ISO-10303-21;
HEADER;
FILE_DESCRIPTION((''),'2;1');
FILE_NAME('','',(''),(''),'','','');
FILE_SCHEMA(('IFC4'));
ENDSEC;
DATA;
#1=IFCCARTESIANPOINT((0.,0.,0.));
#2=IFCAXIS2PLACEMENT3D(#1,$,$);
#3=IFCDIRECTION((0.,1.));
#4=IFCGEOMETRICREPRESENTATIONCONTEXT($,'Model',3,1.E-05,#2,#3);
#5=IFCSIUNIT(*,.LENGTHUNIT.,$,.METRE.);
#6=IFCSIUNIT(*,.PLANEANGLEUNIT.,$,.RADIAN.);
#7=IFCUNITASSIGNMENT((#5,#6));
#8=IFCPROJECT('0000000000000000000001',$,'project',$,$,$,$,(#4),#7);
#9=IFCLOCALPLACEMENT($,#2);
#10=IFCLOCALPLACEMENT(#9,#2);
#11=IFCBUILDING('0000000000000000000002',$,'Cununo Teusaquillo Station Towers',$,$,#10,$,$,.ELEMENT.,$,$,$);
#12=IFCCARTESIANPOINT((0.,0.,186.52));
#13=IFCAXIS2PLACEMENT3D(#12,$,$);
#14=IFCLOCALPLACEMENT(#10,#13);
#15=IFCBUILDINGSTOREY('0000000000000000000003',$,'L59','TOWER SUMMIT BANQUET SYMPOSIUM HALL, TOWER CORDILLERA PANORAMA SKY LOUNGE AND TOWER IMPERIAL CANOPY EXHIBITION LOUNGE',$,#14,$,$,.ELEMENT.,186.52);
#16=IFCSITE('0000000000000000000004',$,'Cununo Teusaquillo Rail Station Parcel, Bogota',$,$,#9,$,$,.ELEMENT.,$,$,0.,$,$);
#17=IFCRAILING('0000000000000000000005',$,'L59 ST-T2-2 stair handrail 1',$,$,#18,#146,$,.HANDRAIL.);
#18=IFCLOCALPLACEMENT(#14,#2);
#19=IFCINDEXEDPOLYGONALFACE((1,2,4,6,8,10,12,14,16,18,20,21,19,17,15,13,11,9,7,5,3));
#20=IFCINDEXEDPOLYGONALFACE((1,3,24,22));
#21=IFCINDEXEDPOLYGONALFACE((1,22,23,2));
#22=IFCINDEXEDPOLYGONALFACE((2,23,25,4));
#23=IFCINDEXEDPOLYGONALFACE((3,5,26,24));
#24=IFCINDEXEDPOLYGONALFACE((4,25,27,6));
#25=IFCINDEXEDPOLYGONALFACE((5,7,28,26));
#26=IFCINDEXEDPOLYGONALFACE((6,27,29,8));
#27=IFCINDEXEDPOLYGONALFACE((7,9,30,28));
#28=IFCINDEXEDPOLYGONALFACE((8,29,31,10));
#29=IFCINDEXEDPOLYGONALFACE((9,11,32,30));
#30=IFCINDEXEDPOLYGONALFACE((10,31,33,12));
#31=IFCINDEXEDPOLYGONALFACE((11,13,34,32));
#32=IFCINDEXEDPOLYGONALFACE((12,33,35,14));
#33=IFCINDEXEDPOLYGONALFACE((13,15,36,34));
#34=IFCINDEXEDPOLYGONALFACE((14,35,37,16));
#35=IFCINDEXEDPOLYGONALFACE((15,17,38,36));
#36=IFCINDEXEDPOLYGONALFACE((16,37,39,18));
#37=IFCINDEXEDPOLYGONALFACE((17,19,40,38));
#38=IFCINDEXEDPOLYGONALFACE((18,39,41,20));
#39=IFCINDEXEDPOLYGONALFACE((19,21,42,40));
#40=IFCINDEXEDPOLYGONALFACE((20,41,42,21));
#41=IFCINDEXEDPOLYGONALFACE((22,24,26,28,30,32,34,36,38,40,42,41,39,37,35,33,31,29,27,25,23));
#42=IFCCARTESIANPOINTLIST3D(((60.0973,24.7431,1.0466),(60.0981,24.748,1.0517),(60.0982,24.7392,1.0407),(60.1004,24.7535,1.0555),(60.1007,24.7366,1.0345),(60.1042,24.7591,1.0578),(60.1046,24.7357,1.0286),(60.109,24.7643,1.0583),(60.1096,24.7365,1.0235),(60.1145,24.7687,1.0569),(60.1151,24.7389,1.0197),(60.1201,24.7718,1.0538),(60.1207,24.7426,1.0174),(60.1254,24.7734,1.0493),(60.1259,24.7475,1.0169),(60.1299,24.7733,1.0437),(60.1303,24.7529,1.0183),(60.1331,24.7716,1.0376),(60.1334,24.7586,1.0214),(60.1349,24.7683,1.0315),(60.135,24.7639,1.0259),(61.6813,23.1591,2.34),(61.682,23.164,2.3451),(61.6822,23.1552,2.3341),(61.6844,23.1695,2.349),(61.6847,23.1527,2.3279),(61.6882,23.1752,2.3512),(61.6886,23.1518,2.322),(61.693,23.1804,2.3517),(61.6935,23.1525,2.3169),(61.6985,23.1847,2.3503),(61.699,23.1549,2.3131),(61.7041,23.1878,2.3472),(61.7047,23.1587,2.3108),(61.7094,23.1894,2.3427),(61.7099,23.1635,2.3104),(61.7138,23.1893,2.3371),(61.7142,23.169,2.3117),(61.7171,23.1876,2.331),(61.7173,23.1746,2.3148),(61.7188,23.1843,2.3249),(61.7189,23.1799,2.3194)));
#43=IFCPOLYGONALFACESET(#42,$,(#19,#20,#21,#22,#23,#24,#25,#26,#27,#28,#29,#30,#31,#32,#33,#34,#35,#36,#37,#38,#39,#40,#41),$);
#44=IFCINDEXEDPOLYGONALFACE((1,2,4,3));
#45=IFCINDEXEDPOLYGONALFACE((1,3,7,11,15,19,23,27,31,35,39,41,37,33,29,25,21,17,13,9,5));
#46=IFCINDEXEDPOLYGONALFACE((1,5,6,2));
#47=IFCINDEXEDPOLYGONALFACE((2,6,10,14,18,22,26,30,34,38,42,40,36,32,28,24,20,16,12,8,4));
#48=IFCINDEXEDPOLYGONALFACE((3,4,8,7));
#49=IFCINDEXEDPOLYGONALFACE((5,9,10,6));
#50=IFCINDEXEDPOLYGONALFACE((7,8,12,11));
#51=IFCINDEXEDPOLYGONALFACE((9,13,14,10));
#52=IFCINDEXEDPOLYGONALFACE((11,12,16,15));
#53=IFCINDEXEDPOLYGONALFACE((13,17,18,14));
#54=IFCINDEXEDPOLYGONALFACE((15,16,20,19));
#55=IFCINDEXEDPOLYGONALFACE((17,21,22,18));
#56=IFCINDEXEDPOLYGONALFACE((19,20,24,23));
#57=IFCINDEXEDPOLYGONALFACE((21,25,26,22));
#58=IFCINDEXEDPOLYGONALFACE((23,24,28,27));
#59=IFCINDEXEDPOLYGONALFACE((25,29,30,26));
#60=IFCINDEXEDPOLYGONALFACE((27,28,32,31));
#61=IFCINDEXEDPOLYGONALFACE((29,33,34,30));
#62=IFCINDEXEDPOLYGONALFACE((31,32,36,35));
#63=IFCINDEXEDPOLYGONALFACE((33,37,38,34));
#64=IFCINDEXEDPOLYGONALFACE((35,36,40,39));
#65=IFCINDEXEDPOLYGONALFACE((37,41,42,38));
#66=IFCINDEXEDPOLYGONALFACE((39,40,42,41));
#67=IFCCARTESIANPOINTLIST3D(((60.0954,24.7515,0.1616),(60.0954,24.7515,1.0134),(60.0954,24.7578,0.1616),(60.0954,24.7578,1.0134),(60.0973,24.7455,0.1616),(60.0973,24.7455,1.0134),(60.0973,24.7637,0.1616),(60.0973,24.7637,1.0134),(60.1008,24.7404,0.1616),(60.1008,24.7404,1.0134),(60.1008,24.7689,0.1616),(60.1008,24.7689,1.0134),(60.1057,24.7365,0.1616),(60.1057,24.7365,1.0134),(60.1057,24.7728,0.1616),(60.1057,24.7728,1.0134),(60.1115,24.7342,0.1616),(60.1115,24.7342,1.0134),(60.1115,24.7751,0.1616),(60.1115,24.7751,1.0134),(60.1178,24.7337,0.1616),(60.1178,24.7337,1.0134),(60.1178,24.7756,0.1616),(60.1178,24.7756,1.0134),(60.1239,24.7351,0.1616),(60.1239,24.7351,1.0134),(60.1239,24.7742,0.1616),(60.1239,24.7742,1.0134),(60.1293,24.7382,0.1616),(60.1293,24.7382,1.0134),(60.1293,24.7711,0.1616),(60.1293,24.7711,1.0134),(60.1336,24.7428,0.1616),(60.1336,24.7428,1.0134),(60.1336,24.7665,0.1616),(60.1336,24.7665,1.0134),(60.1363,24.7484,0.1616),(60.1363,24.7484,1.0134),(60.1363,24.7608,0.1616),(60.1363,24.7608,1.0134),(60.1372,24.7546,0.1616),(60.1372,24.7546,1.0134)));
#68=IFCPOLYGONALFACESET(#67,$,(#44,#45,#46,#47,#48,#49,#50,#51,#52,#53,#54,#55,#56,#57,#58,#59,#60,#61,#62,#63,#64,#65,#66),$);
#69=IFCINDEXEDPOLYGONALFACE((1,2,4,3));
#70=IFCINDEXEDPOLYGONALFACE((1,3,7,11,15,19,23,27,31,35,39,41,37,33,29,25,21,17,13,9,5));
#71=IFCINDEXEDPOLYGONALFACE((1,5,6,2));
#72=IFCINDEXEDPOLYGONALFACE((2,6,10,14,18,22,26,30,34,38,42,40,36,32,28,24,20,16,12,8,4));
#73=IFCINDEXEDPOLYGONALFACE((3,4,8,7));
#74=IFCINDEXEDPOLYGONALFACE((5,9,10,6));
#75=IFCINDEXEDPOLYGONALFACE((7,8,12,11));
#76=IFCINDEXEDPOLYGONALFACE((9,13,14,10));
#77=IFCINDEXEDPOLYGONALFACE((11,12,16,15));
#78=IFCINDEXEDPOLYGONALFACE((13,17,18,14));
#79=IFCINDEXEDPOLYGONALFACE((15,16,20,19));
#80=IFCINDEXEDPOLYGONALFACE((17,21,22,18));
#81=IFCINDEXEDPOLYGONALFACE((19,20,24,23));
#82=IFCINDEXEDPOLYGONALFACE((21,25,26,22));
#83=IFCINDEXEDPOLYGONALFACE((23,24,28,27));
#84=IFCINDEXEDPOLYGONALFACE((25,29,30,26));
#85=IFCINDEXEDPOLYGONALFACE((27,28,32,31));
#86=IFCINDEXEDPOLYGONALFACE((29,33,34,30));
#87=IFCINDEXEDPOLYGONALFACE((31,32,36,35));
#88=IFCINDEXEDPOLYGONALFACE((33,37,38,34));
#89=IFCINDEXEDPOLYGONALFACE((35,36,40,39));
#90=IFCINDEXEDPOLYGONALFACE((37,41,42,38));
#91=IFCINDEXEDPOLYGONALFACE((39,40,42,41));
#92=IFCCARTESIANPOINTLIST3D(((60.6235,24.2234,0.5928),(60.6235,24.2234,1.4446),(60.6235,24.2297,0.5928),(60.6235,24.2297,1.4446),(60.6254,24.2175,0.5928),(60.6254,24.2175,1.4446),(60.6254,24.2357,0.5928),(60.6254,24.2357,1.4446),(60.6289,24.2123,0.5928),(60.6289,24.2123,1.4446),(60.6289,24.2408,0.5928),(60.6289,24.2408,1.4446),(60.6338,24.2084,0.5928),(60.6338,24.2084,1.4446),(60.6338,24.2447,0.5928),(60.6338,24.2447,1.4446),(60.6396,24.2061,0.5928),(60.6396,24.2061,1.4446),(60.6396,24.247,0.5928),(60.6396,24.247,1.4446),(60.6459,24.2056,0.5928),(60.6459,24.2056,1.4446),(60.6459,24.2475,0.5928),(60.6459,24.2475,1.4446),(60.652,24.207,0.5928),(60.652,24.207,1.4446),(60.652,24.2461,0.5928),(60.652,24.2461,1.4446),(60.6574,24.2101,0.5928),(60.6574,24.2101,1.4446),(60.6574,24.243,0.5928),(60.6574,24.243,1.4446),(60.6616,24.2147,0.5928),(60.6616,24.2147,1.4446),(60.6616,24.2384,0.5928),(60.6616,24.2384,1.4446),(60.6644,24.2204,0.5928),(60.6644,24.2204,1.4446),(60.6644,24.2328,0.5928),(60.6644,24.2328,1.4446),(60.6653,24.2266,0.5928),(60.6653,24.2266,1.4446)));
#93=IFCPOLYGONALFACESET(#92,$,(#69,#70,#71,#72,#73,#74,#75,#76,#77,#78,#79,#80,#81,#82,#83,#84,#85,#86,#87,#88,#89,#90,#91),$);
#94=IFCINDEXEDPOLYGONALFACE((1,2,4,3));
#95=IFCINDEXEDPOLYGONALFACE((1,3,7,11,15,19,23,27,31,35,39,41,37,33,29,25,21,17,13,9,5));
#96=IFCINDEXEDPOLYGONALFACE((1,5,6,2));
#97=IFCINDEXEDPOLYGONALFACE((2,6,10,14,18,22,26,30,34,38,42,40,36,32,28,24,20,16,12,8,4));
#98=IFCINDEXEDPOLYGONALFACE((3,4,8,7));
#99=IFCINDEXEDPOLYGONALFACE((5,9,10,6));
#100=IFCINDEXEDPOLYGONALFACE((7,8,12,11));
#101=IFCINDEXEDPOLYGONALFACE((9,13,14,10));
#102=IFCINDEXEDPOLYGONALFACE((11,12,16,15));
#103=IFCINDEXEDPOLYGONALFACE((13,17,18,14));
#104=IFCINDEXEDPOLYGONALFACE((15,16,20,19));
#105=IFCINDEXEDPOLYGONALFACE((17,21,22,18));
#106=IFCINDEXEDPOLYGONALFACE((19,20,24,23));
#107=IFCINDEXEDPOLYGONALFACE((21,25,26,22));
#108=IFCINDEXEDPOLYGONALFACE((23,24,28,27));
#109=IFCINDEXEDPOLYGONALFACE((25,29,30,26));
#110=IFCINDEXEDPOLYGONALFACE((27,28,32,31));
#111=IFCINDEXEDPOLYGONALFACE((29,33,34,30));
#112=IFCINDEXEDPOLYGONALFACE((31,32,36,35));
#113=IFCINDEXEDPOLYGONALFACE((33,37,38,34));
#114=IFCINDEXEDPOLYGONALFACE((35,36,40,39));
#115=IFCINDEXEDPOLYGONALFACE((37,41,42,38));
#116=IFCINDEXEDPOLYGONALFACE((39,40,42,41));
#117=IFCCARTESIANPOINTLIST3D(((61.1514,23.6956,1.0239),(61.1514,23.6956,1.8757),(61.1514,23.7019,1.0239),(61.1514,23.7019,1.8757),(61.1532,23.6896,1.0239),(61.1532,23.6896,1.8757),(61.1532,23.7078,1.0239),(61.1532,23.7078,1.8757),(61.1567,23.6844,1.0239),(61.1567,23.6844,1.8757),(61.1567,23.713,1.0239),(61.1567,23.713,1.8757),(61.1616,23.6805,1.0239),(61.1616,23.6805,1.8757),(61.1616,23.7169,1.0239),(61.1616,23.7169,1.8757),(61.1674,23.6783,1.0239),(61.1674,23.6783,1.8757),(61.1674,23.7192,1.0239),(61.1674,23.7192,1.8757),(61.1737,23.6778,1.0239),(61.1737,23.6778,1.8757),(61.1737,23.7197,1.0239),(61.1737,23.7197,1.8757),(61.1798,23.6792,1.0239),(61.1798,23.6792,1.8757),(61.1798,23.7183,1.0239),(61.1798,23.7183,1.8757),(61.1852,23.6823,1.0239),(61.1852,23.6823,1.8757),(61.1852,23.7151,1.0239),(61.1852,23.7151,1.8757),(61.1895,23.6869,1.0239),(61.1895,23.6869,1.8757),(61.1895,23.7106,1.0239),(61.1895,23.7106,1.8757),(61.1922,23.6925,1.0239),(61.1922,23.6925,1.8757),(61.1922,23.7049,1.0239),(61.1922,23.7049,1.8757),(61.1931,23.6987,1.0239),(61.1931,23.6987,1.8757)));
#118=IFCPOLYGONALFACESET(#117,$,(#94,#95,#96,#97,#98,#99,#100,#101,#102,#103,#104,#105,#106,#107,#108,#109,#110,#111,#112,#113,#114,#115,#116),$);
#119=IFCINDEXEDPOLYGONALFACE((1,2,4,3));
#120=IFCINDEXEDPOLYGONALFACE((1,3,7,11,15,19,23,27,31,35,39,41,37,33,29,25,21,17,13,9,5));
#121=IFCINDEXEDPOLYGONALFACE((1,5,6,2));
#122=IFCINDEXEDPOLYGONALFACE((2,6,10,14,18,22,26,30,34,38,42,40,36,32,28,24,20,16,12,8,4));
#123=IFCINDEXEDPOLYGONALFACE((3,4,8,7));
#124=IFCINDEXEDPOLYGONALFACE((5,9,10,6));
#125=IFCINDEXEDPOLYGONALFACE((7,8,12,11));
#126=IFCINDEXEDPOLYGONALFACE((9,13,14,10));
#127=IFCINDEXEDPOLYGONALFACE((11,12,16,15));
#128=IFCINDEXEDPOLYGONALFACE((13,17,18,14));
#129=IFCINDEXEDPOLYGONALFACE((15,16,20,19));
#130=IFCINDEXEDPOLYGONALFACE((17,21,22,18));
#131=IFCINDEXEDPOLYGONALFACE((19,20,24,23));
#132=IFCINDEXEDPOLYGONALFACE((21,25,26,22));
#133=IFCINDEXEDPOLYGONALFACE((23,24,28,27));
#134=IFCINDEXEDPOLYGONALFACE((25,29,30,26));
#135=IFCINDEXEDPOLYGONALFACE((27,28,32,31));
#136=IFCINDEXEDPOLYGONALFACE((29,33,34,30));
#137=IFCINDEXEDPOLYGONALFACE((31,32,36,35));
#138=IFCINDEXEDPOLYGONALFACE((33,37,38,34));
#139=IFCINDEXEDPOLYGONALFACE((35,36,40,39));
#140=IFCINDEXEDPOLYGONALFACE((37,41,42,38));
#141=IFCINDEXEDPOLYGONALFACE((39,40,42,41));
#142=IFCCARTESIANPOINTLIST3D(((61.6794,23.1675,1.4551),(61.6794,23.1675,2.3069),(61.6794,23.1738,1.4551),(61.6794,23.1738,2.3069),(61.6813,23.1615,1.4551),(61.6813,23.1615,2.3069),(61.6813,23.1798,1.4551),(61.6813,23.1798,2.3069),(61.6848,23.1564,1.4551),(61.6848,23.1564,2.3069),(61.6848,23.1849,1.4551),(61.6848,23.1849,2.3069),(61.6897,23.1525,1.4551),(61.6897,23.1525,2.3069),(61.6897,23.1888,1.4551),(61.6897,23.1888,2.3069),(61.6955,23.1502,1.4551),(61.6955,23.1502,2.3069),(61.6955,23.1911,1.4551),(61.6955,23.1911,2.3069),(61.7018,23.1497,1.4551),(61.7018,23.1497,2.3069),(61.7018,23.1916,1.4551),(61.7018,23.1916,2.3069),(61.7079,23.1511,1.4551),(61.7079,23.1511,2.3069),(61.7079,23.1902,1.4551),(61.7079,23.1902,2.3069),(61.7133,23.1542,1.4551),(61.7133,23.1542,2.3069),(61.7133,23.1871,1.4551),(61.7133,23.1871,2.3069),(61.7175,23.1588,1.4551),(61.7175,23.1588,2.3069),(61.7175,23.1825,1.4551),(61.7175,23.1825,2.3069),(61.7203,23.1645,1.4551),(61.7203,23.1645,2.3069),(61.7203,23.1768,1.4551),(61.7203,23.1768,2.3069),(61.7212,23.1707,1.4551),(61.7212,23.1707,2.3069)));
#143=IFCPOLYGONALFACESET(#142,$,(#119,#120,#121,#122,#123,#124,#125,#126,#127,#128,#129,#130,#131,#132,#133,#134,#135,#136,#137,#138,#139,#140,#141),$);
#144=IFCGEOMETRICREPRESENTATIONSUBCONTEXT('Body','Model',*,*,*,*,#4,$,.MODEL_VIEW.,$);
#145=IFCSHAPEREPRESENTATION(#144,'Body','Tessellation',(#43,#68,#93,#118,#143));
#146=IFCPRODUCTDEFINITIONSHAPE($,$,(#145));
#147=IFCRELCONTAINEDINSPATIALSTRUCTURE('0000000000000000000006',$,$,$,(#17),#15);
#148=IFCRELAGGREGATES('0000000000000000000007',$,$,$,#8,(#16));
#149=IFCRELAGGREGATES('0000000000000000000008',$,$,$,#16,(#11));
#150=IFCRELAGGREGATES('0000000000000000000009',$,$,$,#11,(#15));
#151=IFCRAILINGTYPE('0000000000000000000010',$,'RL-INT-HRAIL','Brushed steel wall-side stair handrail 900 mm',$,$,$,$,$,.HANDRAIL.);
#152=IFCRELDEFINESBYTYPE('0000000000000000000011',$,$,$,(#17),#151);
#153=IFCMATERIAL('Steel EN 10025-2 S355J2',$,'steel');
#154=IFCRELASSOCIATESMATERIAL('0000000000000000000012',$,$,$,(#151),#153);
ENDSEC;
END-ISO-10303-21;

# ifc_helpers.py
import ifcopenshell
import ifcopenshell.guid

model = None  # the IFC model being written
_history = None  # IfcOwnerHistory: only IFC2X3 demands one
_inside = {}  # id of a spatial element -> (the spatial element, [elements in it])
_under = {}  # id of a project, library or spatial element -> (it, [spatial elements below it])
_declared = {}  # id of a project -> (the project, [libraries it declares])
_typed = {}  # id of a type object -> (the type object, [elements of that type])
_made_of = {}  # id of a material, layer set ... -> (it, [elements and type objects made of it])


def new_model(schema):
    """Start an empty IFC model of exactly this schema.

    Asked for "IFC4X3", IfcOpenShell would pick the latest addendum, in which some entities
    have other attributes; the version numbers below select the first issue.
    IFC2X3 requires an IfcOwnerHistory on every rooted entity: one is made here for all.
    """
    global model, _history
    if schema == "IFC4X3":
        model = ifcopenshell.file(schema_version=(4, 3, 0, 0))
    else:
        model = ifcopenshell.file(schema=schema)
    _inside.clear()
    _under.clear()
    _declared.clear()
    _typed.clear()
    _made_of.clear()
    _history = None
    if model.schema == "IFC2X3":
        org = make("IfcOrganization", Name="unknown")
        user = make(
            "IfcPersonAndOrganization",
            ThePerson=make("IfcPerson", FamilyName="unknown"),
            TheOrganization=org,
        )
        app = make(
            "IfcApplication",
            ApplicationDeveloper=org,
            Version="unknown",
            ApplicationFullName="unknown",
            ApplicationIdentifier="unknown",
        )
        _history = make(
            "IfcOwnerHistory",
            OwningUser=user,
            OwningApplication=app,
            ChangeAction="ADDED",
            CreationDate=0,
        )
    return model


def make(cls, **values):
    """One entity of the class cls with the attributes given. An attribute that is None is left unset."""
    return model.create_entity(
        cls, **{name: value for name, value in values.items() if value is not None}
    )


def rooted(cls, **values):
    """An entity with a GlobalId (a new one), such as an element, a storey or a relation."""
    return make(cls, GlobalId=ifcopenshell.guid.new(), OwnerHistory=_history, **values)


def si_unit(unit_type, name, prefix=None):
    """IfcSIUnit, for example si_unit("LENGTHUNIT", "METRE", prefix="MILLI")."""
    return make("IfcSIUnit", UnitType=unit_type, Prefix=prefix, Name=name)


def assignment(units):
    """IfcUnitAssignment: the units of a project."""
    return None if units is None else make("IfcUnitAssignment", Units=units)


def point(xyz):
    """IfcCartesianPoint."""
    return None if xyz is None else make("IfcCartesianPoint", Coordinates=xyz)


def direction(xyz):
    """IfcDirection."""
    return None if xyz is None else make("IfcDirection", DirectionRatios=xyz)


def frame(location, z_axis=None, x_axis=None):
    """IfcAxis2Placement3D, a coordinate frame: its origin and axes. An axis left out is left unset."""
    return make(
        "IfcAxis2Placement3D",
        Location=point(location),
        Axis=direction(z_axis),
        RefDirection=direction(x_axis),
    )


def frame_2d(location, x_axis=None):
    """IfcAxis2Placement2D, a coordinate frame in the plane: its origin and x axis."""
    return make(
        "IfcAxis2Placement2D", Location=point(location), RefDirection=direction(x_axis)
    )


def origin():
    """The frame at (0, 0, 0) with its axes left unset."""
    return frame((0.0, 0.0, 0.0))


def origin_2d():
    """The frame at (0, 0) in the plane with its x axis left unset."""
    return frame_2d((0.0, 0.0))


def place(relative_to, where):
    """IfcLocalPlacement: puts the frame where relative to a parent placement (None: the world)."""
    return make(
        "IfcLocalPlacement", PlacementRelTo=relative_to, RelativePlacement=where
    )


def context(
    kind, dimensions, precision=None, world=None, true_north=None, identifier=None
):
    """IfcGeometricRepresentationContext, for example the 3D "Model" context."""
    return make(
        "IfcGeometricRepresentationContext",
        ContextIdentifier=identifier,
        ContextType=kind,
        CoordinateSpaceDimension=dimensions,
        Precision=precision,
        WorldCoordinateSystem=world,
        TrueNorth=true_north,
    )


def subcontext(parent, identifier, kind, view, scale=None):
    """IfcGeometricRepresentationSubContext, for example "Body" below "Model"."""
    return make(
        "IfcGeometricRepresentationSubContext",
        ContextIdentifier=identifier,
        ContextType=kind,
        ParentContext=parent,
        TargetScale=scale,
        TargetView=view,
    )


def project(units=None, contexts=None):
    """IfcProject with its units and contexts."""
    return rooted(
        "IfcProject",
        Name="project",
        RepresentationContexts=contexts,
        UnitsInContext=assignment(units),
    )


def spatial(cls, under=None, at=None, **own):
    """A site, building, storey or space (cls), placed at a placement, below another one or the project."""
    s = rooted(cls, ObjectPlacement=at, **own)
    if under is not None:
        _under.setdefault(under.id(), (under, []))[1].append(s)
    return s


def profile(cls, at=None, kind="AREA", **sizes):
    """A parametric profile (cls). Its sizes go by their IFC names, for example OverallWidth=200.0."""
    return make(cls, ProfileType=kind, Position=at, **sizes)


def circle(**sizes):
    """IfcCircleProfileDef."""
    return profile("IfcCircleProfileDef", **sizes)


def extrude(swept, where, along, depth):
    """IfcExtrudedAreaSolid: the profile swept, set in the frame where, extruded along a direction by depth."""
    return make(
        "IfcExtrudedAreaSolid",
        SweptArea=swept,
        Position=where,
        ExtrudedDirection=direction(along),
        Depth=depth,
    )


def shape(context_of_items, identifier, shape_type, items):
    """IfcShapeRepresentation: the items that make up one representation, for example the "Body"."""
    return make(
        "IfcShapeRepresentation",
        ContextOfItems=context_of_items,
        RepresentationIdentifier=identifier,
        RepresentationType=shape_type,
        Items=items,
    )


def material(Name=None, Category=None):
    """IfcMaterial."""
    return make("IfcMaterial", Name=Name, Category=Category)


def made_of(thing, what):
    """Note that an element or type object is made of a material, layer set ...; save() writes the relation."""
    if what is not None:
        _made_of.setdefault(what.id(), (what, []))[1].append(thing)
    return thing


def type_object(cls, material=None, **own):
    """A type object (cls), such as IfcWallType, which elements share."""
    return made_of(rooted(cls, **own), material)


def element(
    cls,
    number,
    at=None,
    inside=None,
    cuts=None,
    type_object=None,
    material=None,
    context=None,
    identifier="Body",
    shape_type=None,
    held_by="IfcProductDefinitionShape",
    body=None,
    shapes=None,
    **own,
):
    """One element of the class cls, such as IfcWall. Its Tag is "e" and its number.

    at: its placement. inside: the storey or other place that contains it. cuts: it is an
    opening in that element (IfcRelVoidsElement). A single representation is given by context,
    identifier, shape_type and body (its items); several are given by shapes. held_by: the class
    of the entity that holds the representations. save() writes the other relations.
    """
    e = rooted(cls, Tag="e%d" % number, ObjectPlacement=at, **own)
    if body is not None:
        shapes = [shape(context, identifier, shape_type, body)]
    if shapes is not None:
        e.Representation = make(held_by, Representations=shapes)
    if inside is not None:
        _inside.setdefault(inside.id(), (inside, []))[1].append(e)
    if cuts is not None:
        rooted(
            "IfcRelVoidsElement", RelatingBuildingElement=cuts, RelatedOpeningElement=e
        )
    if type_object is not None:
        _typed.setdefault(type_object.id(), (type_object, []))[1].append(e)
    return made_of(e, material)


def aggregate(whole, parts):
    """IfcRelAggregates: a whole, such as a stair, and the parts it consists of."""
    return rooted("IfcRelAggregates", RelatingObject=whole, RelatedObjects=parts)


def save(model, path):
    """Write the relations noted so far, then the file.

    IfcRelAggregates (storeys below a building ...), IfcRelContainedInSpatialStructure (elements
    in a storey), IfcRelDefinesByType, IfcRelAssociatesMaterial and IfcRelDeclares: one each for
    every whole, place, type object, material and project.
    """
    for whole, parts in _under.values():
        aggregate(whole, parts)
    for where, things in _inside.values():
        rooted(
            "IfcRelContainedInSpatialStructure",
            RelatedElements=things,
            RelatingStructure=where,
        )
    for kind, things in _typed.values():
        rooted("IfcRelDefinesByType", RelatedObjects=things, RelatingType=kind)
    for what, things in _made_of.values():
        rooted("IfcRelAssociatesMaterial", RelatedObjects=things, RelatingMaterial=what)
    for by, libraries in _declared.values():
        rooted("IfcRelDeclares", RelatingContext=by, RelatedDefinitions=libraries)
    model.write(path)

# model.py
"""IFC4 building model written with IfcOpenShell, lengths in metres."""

from ifc_helpers import new_model, si_unit, direction, frame, origin, origin_2d, place, context, subcontext, project, spatial, circle, extrude, material, type_object, element, save


model = new_model("IFC4")

# Units and contexts
model_context = context("Model", 3, precision=1e-05, world=origin(), true_north=direction((0.0, 1.0)))
body_context = subcontext(model_context, "Body", "Model", "MODEL_VIEW")
ifc_project = project(units=[si_unit("LENGTHUNIT", "METRE"), si_unit("PLANEANGLEUNIT", "RADIAN")], contexts=[model_context])

# Site, building, storey
site_placement = place(None, origin())
site = spatial("IfcSite", under=ifc_project, at=site_placement, Name="Cununo Teusaquillo Rail Station Parcel, Bogota", CompositionType="ELEMENT", RefElevation=0.0)
building_placement = place(site_placement, origin())
building = spatial("IfcBuilding", under=site, at=building_placement, Name="Cununo Teusaquillo Station Towers", CompositionType="ELEMENT")
storey_placement = place(building_placement, frame((0.0, 0.0, 186.52)))
storey = spatial("IfcBuildingStorey", under=building, at=storey_placement, Name="L59", Description="TOWER SUMMIT BANQUET SYMPOSIUM HALL, TOWER CORDILLERA PANORAMA SKY LOUNGE AND TOWER IMPERIAL CANOPY EXHIBITION LOUNGE", CompositionType="ELEMENT", Elevation=186.52)

# Railing
ifc_material_1 = material(Name="Steel EN 10025-2 S355J2", Category="steel")
railing_type_1 = type_object("IfcRailingType", Name="RL-INT-HRAIL", Description="Brushed steel wall-side stair handrail 900 mm", PredefinedType="HANDRAIL", material=ifc_material_1)
railing_1_placement = place(storey_placement, frame((60.1162, 24.7546, 0.1616)))
element("IfcRailing", 1, at=railing_1_placement, inside=storey, type_object=railing_type_1, Name="L59 ST-T2-2 stair handrail 1", PredefinedType="HANDRAIL", context=body_context, shape_type="SweptSolid", body=[
    extrude(circle(Radius=0.0239, at=origin_2d()), frame((0.0, 0.0, 0.876), z_axis=(0.612356, -0.612356, 0.50004), x_axis=(0.707107, 0.707107, 0.0)), (0.0, 0.0, 1.0), 2.5867),
    extrude(circle(Radius=0.021, at=origin_2d()), origin(), (0.0, 0.0, 1.0), 0.8518),
    extrude(circle(Radius=0.021, at=origin_2d()), frame((0.5281, -0.5281, 0.4312)), (0.0, 0.0, 1.0), 0.8518),
    extrude(circle(Radius=0.021, at=origin_2d()), frame((1.0559, -1.0559, 0.8623)), (0.0, 0.0, 1.0), 0.8518),
    extrude(circle(Radius=0.021, at=origin_2d()), frame((1.584, -1.584, 1.2935)), (0.0, 0.0, 1.0), 0.8518),
])

save(model, "model.ifc")
